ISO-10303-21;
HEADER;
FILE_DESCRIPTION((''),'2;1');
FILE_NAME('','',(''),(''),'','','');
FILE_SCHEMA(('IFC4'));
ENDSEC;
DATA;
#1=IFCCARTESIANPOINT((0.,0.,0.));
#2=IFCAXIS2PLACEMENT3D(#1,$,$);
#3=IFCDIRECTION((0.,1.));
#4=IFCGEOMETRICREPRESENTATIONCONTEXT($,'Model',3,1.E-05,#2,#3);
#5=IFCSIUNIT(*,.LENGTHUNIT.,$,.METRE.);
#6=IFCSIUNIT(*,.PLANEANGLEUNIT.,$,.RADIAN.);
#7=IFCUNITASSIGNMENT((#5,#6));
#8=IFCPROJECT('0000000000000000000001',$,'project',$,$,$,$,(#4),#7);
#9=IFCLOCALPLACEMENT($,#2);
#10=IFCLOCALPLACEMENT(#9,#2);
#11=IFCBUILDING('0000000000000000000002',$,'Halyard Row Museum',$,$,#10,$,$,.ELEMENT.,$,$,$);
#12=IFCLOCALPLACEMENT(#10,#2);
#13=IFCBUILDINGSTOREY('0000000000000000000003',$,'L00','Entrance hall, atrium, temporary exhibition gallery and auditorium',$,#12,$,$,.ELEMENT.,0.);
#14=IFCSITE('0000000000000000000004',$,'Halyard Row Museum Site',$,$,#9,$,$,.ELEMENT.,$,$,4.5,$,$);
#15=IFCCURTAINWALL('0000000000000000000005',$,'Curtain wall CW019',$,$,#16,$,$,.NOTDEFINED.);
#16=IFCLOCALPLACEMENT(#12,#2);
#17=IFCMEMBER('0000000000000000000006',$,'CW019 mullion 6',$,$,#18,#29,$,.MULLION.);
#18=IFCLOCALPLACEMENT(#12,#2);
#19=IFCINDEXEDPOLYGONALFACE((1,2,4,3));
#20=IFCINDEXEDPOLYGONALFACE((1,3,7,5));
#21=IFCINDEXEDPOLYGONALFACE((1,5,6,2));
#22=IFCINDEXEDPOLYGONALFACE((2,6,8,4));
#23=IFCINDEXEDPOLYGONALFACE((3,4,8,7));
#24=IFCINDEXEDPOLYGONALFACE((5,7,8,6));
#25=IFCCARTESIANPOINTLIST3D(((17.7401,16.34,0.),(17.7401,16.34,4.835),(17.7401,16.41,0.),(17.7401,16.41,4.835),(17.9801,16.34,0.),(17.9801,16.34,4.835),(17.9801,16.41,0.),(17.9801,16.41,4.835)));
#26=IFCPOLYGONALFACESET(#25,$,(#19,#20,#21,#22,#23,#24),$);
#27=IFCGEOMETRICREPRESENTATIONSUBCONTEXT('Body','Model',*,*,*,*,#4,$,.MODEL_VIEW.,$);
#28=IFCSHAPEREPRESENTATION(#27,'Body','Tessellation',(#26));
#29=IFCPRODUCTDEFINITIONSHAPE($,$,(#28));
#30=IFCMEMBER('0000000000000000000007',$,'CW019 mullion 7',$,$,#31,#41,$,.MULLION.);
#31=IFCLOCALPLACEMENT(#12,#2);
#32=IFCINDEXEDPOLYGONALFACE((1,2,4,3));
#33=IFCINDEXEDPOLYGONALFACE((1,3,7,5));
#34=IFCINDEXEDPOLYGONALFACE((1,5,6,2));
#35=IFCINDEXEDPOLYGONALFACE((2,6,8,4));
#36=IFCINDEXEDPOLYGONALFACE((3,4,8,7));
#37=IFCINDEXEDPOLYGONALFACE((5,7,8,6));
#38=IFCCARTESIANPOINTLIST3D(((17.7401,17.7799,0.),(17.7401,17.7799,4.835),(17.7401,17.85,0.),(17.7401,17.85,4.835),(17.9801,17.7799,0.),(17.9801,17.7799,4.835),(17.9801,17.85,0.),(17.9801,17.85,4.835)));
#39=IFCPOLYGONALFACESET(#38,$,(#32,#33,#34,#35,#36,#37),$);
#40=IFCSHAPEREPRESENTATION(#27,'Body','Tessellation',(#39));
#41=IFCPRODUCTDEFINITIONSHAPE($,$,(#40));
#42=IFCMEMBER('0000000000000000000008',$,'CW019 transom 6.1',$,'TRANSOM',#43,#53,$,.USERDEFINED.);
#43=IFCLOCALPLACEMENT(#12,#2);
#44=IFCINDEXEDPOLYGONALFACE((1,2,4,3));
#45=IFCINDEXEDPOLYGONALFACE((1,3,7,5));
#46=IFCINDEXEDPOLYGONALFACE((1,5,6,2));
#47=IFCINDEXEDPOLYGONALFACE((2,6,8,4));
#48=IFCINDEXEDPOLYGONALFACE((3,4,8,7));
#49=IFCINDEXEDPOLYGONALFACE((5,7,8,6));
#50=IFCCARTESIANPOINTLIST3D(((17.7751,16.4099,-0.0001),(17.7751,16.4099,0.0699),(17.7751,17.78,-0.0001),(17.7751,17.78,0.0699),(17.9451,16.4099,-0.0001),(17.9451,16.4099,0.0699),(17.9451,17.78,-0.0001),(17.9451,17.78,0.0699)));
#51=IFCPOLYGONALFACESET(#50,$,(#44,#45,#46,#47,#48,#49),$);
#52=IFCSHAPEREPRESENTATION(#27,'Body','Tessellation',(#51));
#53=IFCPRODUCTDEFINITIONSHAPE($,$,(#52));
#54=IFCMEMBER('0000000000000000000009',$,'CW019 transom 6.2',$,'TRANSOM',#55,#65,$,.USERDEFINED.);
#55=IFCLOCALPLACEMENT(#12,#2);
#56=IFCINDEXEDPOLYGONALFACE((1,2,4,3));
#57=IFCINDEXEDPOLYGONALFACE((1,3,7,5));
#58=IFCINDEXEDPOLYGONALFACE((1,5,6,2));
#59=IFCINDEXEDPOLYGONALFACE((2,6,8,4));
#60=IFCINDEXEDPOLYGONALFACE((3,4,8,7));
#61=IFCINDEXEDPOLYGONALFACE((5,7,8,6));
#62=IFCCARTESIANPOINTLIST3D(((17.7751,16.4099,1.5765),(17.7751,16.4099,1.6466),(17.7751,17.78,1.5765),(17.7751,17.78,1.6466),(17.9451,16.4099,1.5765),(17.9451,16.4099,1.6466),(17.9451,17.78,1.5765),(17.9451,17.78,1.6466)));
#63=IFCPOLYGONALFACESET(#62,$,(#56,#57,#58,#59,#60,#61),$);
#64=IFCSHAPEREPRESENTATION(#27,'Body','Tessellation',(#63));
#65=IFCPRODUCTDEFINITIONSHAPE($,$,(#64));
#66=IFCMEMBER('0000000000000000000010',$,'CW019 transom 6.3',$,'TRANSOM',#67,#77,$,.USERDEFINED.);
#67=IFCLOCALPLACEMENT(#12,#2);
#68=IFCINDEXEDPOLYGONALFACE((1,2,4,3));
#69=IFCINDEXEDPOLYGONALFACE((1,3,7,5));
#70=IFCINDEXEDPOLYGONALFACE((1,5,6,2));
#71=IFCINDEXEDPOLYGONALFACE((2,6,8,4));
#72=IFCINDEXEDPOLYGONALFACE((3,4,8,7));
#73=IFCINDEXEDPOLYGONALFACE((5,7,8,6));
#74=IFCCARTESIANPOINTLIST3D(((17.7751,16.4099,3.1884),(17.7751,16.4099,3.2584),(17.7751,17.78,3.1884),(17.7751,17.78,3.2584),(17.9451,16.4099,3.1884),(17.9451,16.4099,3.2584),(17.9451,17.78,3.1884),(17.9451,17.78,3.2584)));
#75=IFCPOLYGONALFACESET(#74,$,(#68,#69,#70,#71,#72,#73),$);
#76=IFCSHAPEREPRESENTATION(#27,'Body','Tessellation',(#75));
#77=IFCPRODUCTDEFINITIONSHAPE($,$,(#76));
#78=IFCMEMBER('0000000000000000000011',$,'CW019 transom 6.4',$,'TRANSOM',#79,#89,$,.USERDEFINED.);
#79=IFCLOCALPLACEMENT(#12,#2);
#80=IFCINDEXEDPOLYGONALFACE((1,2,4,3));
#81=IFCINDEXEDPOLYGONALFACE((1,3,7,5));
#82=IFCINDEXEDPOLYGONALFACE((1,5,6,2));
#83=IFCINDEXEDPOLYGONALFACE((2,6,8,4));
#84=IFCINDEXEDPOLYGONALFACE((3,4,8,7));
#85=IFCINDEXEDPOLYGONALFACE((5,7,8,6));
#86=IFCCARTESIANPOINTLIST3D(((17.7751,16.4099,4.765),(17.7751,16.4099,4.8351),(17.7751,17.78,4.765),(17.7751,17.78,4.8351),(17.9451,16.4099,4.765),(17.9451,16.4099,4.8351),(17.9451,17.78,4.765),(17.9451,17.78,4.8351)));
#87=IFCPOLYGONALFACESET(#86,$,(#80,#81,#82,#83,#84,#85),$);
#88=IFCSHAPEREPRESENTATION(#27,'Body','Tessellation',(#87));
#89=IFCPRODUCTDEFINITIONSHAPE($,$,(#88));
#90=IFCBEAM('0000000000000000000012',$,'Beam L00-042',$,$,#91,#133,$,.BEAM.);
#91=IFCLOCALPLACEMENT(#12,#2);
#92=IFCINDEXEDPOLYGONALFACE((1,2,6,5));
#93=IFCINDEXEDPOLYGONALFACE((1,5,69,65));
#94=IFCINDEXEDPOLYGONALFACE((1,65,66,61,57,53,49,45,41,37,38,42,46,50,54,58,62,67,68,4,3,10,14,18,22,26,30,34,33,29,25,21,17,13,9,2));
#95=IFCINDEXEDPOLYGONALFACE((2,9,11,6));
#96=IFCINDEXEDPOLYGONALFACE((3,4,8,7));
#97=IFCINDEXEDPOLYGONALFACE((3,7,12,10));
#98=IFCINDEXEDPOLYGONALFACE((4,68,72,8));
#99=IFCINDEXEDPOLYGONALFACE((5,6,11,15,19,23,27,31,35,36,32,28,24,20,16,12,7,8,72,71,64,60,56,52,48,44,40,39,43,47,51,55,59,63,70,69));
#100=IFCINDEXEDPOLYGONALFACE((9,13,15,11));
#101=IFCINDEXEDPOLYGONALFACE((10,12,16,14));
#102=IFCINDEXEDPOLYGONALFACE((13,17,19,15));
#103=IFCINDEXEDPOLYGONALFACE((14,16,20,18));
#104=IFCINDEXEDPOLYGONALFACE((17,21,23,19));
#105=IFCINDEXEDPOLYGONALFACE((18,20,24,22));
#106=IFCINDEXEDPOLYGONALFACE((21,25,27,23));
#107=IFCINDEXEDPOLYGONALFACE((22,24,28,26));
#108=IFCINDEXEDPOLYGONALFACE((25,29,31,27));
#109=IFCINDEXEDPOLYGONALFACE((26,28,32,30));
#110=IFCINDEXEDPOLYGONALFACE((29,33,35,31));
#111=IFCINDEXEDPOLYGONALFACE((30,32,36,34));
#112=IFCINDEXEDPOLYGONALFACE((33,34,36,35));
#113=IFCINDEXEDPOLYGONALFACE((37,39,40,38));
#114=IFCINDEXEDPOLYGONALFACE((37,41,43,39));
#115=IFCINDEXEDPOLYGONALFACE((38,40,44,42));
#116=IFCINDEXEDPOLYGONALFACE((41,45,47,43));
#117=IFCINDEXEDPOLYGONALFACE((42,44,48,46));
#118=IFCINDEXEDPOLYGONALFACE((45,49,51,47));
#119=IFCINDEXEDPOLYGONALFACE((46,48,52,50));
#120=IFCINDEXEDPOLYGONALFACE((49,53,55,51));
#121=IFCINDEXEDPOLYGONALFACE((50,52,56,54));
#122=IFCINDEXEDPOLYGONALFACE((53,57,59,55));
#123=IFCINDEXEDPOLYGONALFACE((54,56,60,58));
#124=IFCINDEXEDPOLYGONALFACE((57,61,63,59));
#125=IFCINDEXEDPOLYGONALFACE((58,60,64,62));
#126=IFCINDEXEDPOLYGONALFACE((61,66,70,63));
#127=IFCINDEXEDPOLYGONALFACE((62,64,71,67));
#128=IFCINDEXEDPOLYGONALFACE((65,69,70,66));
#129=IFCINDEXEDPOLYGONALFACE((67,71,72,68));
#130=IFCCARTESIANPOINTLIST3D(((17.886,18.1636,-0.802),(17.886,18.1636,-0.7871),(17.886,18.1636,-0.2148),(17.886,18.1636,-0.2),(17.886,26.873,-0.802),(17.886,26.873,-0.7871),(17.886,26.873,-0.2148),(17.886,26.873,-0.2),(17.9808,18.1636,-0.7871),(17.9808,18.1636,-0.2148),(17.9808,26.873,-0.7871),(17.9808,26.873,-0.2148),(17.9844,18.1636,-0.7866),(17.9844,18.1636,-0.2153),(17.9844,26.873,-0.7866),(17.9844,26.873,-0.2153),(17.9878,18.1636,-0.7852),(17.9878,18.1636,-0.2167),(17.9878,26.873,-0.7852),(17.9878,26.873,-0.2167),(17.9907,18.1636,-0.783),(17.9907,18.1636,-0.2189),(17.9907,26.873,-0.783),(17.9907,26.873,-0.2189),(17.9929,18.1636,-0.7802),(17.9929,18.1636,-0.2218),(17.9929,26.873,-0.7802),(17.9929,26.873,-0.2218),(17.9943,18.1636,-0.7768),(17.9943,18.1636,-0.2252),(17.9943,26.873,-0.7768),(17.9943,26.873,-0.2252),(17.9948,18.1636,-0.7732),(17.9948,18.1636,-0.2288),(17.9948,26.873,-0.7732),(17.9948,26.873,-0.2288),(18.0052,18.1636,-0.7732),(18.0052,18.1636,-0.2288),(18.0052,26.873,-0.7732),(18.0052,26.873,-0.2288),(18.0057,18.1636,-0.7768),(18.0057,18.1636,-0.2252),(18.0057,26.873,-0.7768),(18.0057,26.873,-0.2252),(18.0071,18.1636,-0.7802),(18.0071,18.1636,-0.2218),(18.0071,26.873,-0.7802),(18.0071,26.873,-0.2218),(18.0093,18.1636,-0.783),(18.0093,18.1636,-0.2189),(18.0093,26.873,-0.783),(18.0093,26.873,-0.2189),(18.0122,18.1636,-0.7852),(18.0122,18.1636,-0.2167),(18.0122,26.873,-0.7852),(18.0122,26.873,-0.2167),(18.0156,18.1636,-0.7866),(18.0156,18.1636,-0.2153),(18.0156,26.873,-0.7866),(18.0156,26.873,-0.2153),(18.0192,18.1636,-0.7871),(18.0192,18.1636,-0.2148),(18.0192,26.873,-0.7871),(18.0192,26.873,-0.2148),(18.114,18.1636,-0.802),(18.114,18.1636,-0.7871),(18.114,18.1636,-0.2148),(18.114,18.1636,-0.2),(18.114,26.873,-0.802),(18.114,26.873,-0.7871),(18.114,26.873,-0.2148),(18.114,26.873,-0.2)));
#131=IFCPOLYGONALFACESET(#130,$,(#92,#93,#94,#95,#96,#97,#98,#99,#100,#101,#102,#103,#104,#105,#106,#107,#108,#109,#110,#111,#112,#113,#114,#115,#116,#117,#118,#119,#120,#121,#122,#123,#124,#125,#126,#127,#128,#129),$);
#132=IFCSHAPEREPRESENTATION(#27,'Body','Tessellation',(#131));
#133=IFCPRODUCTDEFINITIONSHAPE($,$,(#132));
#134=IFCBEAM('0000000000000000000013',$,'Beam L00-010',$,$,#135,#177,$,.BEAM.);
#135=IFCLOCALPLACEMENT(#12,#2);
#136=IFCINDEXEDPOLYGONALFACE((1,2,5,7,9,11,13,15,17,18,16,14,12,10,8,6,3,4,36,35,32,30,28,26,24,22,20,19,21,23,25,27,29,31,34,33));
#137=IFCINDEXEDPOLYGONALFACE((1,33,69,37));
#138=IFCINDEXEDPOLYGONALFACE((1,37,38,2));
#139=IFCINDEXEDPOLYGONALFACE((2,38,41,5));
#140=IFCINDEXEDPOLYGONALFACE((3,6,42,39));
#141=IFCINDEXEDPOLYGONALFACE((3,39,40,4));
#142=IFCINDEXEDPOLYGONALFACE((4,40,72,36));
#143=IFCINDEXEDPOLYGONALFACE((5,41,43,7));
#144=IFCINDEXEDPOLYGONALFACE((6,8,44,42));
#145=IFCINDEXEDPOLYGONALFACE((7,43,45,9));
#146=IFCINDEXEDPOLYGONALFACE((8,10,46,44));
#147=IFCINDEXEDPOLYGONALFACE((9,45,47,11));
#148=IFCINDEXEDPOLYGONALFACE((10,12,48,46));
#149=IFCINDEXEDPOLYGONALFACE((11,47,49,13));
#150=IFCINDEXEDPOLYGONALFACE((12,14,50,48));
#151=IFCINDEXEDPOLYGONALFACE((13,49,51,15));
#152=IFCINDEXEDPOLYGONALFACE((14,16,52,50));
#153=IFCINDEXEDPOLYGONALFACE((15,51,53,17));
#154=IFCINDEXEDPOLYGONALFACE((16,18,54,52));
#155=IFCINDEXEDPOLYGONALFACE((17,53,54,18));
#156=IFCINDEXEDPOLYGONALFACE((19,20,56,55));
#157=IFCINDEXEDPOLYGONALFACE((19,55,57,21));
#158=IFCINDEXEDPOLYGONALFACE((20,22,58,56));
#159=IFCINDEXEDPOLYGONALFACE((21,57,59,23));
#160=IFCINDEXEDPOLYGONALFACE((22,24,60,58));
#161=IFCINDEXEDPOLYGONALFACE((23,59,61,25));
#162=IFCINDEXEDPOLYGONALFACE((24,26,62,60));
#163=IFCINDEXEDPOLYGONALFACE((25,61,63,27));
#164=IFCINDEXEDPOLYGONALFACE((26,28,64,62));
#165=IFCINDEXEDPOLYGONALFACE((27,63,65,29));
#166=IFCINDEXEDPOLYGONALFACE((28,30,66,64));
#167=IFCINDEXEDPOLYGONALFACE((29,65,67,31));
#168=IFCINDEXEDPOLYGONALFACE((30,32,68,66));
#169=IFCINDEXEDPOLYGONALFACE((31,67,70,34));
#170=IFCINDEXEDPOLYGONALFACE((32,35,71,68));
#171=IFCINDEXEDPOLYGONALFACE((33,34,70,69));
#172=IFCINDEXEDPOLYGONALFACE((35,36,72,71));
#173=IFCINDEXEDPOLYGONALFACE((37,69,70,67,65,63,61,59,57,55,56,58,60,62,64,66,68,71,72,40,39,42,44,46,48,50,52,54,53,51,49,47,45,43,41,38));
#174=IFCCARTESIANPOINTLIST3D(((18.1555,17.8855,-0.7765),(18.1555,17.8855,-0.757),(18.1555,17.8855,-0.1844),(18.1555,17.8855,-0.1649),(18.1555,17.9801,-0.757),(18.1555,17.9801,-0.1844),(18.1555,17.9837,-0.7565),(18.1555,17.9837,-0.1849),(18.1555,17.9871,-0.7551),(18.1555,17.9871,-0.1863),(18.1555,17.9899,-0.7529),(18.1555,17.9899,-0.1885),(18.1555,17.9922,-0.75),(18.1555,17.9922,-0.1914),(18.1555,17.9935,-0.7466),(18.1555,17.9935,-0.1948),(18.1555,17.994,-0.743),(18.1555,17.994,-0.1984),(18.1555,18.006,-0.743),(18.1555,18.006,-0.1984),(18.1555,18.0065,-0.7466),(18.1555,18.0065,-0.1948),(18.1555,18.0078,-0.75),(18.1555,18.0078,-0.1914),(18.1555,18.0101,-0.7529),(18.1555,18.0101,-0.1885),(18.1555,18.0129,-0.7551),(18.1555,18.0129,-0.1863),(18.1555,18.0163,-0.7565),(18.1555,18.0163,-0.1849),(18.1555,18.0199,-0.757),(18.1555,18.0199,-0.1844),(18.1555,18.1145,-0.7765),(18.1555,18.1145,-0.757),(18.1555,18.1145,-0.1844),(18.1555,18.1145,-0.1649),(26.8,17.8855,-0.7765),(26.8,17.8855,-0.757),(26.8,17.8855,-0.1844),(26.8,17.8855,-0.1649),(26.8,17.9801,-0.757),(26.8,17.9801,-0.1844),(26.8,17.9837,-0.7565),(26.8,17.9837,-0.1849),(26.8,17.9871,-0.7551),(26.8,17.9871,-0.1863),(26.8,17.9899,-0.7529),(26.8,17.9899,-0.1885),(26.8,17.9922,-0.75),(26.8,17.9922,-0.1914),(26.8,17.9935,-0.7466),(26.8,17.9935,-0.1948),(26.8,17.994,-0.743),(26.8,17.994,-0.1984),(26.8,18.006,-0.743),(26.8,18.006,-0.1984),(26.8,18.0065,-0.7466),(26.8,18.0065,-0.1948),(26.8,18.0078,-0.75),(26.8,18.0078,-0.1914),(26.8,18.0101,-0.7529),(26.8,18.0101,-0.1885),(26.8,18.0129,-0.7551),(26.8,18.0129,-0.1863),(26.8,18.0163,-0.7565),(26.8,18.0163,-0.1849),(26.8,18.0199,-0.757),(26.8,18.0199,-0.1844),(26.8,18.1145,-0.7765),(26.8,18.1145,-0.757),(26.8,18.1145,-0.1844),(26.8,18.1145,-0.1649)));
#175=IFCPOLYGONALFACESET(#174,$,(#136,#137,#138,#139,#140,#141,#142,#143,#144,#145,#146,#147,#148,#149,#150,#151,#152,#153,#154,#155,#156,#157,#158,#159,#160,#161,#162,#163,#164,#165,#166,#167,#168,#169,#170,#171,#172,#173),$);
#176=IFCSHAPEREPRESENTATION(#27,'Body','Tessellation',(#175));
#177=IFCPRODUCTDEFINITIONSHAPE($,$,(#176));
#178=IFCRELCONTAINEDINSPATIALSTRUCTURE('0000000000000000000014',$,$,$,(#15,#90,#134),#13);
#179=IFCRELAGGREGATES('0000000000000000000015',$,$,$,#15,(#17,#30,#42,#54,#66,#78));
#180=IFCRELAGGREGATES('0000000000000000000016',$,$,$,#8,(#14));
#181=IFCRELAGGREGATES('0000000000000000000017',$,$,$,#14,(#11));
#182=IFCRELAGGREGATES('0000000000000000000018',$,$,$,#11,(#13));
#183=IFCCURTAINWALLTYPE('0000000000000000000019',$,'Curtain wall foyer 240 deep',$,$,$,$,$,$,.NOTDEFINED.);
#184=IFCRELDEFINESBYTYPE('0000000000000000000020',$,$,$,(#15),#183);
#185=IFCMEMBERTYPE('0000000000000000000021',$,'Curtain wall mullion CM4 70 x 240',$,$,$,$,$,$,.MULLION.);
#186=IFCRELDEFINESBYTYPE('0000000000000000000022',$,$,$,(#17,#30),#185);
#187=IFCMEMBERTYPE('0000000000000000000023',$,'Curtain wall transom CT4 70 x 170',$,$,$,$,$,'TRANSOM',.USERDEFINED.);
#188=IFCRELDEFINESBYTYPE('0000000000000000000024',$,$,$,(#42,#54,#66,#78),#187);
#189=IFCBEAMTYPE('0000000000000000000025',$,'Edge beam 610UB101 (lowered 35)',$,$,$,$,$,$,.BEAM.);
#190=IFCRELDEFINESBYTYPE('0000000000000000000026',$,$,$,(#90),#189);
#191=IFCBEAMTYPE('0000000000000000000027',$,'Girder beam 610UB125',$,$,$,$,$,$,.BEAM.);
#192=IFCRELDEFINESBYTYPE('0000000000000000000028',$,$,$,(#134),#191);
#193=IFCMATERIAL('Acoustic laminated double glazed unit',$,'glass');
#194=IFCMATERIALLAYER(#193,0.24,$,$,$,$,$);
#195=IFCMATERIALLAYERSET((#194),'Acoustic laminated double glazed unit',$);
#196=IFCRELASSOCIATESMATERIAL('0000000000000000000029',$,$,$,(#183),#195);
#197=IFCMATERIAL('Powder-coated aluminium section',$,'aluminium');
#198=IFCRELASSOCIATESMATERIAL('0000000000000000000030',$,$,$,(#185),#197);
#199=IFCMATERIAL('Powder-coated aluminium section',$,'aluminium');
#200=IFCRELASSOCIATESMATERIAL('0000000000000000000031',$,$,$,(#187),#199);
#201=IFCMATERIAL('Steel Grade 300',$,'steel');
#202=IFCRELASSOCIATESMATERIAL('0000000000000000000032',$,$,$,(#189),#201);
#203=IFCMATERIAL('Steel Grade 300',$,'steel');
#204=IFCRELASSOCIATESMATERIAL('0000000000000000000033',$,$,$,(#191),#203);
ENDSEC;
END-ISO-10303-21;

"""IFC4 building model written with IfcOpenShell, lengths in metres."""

from ifc_helpers import new_model, si_unit, direction, frame, origin, origin_2d, place, context, subcontext, project, spatial, rectangle, i_section, extrude, material, layer, layer_set, material_profile, profile_set, type_object, element, aggregate, save


model = new_model("IFC4")

# Units and contexts
model_context = context("Model", 3, precision=1e-05, world=origin(), true_north=direction((0.0, 1.0)))
body_context = subcontext(model_context, "Body", "Model", "MODEL_VIEW")
ifc_project = project(units=[si_unit("LENGTHUNIT", "METRE"), si_unit("PLANEANGLEUNIT", "RADIAN")], contexts=[model_context])

# Site, building, storey
site_placement = place(None, origin())
site = spatial("IfcSite", under=ifc_project, at=site_placement, Name="Halyard Row Museum Site", CompositionType="ELEMENT", RefElevation=4.5)
building_placement = place(site_placement, origin())
building = spatial("IfcBuilding", under=site, at=building_placement, Name="Halyard Row Museum", CompositionType="ELEMENT")
storey_placement = place(building_placement, origin())
storey = spatial("IfcBuildingStorey", under=building, at=storey_placement, Name="L00", Description="Entrance hall, atrium, temporary exhibition gallery and auditorium", CompositionType="ELEMENT", Elevation=0.0)

# Curtain wall, members
ifc_material_1 = material(Name="Acoustic laminated double glazed unit", Category="glass")
ifc_layer_1 = layer(ifc_material_1, 0.24)
ifc_layer_set_1 = layer_set([ifc_layer_1], Name="Acoustic laminated double glazed unit")
curtain_wall_type = type_object("IfcCurtainWallType", Name="Curtain wall foyer 240 deep", PredefinedType="NOTDEFINED", material=ifc_layer_set_1)
curtain_wall_placement = place(storey_placement, origin())
curtain_wall = element("IfcCurtainWall", 1, at=curtain_wall_placement, inside=storey, type_object=curtain_wall_type, Name="Curtain wall CW019", PredefinedType="NOTDEFINED")
ifc_material_2 = material(Name="Powder-coated aluminium section", Category="aluminium")
ifc_material_profile_1 = material_profile(ifc_material_2, rectangle(XDim=0.24, YDim=0.0701, at=origin_2d()), Name="240x70 mullion")
ifc_profile_set_1 = profile_set([ifc_material_profile_1], Name="Powder-coated aluminium section")
member_type_1 = type_object("IfcMemberType", Name="Curtain wall mullion CM4 70 x 240", PredefinedType="MULLION", material=ifc_profile_set_1)
member_1_placement = place(storey_placement, frame((17.8601, 16.375, 0.0), z_axis=(0.0, 0.0, 1.0), x_axis=(-1.0, 0.0, 0.0)))
member_1 = element("IfcMember", 2, at=member_1_placement, type_object=member_type_1, Name="CW019 mullion 6", PredefinedType="MULLION", context=body_context, shape_type="SweptSolid", body=[
    extrude(rectangle(XDim=0.24, YDim=0.0701, at=origin_2d()), origin(), (0.0, 0.0, 1.0), 4.835),
])
member_2_placement = place(storey_placement, frame((17.8601, 17.8149, 0.0), z_axis=(0.0, 0.0, 1.0), x_axis=(-1.0, 0.0, 0.0)))
member_2 = element("IfcMember", 3, at=member_2_placement, type_object=member_type_1, Name="CW019 mullion 7", PredefinedType="MULLION", context=body_context, shape_type="SweptSolid", body=[
    extrude(rectangle(XDim=0.24, YDim=0.0701, at=origin_2d()), origin(), (0.0, 0.0, 1.0), 4.835),
])
ifc_material_3 = material(Name="Powder-coated aluminium section", Category="aluminium")
ifc_material_profile_2 = material_profile(ifc_material_3, rectangle(XDim=0.1699, YDim=0.0701, at=origin_2d()), Name="170x70 transom")
ifc_profile_set_2 = profile_set([ifc_material_profile_2], Name="Powder-coated aluminium section")
member_type_2 = type_object("IfcMemberType", Name="Curtain wall transom CT4 70 x 170", ElementType="TRANSOM", PredefinedType="USERDEFINED", material=ifc_profile_set_2)
member_3_placement = place(storey_placement, frame((17.8601, 16.4099, 0.0349), z_axis=(0.0, 1.0, 0.0), x_axis=(-1.0, 0.0, 0.0)))
member_3 = element("IfcMember", 4, at=member_3_placement, type_object=member_type_2, Name="CW019 transom 6.1", ObjectType="TRANSOM", PredefinedType="USERDEFINED", context=body_context, shape_type="SweptSolid", body=[
    extrude(rectangle(XDim=0.1699, YDim=0.0701, at=origin_2d()), origin(), (0.0, 0.0, 1.0), 1.3701),
])
member_4_placement = place(storey_placement, frame((17.8601, 16.4099, 1.6116), z_axis=(0.0, 1.0, 0.0), x_axis=(-1.0, 0.0, 0.0)))
member_4 = element("IfcMember", 5, at=member_4_placement, type_object=member_type_2, Name="CW019 transom 6.2", ObjectType="TRANSOM", PredefinedType="USERDEFINED", context=body_context, shape_type="SweptSolid", body=[
    extrude(rectangle(XDim=0.1699, YDim=0.0701, at=origin_2d()), origin(), (0.0, 0.0, 1.0), 1.3701),
])
member_5_placement = place(storey_placement, frame((17.8601, 16.4099, 3.2234), z_axis=(0.0, 1.0, 0.0), x_axis=(-1.0, 0.0, 0.0)))
member_5 = element("IfcMember", 6, at=member_5_placement, type_object=member_type_2, Name="CW019 transom 6.3", ObjectType="TRANSOM", PredefinedType="USERDEFINED", context=body_context, shape_type="SweptSolid", body=[
    extrude(rectangle(XDim=0.1699, YDim=0.0701, at=origin_2d()), origin(), (0.0, 0.0, 1.0), 1.3701),
])
member_6_placement = place(storey_placement, frame((17.8601, 16.4099, 4.8), z_axis=(0.0, 1.0, 0.0), x_axis=(-1.0, 0.0, 0.0)))
member_6 = element("IfcMember", 7, at=member_6_placement, type_object=member_type_2, Name="CW019 transom 6.4", ObjectType="TRANSOM", PredefinedType="USERDEFINED", context=body_context, shape_type="SweptSolid", body=[
    extrude(rectangle(XDim=0.1699, YDim=0.0701, at=origin_2d()), origin(), (0.0, 0.0, 1.0), 1.3701),
])

# Beams
ifc_material_4 = material(Name="Steel Grade 300", Category="steel")
ifc_material_profile_3 = material_profile(ifc_material_4, i_section(OverallWidth=0.228, OverallDepth=0.6021, WebThickness=0.0105, FlangeThickness=0.0149, FilletRadius=0.0139, at=origin_2d()), Name="610UB101")
ifc_profile_set_3 = profile_set([ifc_material_profile_3], Name="Steel Grade 300")
beam_type_1 = type_object("IfcBeamType", Name="Edge beam 610UB101 (lowered 35)", PredefinedType="BEAM", material=ifc_profile_set_3)
beam_1_placement = place(storey_placement, frame((18.0, 18.1636, -0.501), z_axis=(0.0, 1.0, 0.0), x_axis=(-1.0, 0.0, 0.0)))
element("IfcBeam", 8, at=beam_1_placement, inside=storey, type_object=beam_type_1, Name="Beam L00-042", PredefinedType="BEAM", context=body_context, shape_type="SweptSolid", body=[
    extrude(i_section(OverallWidth=0.228, OverallDepth=0.6021, WebThickness=0.0105, FlangeThickness=0.0149, FilletRadius=0.0139, at=origin_2d()), origin(), (0.0, 0.0, 1.0), 8.7095),
])
ifc_material_5 = material(Name="Steel Grade 300", Category="steel")
ifc_material_profile_4 = material_profile(ifc_material_5, i_section(OverallWidth=0.229, OverallDepth=0.6116, WebThickness=0.012, FlangeThickness=0.0195, FilletRadius=0.0139, at=origin_2d()), Name="610UB125")
ifc_profile_set_4 = profile_set([ifc_material_profile_4], Name="Steel Grade 300")
beam_type_2 = type_object("IfcBeamType", Name="Girder beam 610UB125", PredefinedType="BEAM", material=ifc_profile_set_4)
beam_2_placement = place(storey_placement, frame((18.1555, 18.0, -0.4707), z_axis=(1.0, 0.0, 0.0), x_axis=(0.0, 1.0, 0.0)))
element("IfcBeam", 9, at=beam_2_placement, inside=storey, type_object=beam_type_2, Name="Beam L00-010", PredefinedType="BEAM", context=body_context, shape_type="SweptSolid", body=[
    extrude(i_section(OverallWidth=0.229, OverallDepth=0.6116, WebThickness=0.012, FlangeThickness=0.0195, FilletRadius=0.0139, at=origin_2d()), origin(), (0.0, 0.0, 1.0), 8.6445),
])

aggregate(curtain_wall, [member_1, member_2, member_3, member_4, member_5, member_6])

save(model, "model.ifc")
